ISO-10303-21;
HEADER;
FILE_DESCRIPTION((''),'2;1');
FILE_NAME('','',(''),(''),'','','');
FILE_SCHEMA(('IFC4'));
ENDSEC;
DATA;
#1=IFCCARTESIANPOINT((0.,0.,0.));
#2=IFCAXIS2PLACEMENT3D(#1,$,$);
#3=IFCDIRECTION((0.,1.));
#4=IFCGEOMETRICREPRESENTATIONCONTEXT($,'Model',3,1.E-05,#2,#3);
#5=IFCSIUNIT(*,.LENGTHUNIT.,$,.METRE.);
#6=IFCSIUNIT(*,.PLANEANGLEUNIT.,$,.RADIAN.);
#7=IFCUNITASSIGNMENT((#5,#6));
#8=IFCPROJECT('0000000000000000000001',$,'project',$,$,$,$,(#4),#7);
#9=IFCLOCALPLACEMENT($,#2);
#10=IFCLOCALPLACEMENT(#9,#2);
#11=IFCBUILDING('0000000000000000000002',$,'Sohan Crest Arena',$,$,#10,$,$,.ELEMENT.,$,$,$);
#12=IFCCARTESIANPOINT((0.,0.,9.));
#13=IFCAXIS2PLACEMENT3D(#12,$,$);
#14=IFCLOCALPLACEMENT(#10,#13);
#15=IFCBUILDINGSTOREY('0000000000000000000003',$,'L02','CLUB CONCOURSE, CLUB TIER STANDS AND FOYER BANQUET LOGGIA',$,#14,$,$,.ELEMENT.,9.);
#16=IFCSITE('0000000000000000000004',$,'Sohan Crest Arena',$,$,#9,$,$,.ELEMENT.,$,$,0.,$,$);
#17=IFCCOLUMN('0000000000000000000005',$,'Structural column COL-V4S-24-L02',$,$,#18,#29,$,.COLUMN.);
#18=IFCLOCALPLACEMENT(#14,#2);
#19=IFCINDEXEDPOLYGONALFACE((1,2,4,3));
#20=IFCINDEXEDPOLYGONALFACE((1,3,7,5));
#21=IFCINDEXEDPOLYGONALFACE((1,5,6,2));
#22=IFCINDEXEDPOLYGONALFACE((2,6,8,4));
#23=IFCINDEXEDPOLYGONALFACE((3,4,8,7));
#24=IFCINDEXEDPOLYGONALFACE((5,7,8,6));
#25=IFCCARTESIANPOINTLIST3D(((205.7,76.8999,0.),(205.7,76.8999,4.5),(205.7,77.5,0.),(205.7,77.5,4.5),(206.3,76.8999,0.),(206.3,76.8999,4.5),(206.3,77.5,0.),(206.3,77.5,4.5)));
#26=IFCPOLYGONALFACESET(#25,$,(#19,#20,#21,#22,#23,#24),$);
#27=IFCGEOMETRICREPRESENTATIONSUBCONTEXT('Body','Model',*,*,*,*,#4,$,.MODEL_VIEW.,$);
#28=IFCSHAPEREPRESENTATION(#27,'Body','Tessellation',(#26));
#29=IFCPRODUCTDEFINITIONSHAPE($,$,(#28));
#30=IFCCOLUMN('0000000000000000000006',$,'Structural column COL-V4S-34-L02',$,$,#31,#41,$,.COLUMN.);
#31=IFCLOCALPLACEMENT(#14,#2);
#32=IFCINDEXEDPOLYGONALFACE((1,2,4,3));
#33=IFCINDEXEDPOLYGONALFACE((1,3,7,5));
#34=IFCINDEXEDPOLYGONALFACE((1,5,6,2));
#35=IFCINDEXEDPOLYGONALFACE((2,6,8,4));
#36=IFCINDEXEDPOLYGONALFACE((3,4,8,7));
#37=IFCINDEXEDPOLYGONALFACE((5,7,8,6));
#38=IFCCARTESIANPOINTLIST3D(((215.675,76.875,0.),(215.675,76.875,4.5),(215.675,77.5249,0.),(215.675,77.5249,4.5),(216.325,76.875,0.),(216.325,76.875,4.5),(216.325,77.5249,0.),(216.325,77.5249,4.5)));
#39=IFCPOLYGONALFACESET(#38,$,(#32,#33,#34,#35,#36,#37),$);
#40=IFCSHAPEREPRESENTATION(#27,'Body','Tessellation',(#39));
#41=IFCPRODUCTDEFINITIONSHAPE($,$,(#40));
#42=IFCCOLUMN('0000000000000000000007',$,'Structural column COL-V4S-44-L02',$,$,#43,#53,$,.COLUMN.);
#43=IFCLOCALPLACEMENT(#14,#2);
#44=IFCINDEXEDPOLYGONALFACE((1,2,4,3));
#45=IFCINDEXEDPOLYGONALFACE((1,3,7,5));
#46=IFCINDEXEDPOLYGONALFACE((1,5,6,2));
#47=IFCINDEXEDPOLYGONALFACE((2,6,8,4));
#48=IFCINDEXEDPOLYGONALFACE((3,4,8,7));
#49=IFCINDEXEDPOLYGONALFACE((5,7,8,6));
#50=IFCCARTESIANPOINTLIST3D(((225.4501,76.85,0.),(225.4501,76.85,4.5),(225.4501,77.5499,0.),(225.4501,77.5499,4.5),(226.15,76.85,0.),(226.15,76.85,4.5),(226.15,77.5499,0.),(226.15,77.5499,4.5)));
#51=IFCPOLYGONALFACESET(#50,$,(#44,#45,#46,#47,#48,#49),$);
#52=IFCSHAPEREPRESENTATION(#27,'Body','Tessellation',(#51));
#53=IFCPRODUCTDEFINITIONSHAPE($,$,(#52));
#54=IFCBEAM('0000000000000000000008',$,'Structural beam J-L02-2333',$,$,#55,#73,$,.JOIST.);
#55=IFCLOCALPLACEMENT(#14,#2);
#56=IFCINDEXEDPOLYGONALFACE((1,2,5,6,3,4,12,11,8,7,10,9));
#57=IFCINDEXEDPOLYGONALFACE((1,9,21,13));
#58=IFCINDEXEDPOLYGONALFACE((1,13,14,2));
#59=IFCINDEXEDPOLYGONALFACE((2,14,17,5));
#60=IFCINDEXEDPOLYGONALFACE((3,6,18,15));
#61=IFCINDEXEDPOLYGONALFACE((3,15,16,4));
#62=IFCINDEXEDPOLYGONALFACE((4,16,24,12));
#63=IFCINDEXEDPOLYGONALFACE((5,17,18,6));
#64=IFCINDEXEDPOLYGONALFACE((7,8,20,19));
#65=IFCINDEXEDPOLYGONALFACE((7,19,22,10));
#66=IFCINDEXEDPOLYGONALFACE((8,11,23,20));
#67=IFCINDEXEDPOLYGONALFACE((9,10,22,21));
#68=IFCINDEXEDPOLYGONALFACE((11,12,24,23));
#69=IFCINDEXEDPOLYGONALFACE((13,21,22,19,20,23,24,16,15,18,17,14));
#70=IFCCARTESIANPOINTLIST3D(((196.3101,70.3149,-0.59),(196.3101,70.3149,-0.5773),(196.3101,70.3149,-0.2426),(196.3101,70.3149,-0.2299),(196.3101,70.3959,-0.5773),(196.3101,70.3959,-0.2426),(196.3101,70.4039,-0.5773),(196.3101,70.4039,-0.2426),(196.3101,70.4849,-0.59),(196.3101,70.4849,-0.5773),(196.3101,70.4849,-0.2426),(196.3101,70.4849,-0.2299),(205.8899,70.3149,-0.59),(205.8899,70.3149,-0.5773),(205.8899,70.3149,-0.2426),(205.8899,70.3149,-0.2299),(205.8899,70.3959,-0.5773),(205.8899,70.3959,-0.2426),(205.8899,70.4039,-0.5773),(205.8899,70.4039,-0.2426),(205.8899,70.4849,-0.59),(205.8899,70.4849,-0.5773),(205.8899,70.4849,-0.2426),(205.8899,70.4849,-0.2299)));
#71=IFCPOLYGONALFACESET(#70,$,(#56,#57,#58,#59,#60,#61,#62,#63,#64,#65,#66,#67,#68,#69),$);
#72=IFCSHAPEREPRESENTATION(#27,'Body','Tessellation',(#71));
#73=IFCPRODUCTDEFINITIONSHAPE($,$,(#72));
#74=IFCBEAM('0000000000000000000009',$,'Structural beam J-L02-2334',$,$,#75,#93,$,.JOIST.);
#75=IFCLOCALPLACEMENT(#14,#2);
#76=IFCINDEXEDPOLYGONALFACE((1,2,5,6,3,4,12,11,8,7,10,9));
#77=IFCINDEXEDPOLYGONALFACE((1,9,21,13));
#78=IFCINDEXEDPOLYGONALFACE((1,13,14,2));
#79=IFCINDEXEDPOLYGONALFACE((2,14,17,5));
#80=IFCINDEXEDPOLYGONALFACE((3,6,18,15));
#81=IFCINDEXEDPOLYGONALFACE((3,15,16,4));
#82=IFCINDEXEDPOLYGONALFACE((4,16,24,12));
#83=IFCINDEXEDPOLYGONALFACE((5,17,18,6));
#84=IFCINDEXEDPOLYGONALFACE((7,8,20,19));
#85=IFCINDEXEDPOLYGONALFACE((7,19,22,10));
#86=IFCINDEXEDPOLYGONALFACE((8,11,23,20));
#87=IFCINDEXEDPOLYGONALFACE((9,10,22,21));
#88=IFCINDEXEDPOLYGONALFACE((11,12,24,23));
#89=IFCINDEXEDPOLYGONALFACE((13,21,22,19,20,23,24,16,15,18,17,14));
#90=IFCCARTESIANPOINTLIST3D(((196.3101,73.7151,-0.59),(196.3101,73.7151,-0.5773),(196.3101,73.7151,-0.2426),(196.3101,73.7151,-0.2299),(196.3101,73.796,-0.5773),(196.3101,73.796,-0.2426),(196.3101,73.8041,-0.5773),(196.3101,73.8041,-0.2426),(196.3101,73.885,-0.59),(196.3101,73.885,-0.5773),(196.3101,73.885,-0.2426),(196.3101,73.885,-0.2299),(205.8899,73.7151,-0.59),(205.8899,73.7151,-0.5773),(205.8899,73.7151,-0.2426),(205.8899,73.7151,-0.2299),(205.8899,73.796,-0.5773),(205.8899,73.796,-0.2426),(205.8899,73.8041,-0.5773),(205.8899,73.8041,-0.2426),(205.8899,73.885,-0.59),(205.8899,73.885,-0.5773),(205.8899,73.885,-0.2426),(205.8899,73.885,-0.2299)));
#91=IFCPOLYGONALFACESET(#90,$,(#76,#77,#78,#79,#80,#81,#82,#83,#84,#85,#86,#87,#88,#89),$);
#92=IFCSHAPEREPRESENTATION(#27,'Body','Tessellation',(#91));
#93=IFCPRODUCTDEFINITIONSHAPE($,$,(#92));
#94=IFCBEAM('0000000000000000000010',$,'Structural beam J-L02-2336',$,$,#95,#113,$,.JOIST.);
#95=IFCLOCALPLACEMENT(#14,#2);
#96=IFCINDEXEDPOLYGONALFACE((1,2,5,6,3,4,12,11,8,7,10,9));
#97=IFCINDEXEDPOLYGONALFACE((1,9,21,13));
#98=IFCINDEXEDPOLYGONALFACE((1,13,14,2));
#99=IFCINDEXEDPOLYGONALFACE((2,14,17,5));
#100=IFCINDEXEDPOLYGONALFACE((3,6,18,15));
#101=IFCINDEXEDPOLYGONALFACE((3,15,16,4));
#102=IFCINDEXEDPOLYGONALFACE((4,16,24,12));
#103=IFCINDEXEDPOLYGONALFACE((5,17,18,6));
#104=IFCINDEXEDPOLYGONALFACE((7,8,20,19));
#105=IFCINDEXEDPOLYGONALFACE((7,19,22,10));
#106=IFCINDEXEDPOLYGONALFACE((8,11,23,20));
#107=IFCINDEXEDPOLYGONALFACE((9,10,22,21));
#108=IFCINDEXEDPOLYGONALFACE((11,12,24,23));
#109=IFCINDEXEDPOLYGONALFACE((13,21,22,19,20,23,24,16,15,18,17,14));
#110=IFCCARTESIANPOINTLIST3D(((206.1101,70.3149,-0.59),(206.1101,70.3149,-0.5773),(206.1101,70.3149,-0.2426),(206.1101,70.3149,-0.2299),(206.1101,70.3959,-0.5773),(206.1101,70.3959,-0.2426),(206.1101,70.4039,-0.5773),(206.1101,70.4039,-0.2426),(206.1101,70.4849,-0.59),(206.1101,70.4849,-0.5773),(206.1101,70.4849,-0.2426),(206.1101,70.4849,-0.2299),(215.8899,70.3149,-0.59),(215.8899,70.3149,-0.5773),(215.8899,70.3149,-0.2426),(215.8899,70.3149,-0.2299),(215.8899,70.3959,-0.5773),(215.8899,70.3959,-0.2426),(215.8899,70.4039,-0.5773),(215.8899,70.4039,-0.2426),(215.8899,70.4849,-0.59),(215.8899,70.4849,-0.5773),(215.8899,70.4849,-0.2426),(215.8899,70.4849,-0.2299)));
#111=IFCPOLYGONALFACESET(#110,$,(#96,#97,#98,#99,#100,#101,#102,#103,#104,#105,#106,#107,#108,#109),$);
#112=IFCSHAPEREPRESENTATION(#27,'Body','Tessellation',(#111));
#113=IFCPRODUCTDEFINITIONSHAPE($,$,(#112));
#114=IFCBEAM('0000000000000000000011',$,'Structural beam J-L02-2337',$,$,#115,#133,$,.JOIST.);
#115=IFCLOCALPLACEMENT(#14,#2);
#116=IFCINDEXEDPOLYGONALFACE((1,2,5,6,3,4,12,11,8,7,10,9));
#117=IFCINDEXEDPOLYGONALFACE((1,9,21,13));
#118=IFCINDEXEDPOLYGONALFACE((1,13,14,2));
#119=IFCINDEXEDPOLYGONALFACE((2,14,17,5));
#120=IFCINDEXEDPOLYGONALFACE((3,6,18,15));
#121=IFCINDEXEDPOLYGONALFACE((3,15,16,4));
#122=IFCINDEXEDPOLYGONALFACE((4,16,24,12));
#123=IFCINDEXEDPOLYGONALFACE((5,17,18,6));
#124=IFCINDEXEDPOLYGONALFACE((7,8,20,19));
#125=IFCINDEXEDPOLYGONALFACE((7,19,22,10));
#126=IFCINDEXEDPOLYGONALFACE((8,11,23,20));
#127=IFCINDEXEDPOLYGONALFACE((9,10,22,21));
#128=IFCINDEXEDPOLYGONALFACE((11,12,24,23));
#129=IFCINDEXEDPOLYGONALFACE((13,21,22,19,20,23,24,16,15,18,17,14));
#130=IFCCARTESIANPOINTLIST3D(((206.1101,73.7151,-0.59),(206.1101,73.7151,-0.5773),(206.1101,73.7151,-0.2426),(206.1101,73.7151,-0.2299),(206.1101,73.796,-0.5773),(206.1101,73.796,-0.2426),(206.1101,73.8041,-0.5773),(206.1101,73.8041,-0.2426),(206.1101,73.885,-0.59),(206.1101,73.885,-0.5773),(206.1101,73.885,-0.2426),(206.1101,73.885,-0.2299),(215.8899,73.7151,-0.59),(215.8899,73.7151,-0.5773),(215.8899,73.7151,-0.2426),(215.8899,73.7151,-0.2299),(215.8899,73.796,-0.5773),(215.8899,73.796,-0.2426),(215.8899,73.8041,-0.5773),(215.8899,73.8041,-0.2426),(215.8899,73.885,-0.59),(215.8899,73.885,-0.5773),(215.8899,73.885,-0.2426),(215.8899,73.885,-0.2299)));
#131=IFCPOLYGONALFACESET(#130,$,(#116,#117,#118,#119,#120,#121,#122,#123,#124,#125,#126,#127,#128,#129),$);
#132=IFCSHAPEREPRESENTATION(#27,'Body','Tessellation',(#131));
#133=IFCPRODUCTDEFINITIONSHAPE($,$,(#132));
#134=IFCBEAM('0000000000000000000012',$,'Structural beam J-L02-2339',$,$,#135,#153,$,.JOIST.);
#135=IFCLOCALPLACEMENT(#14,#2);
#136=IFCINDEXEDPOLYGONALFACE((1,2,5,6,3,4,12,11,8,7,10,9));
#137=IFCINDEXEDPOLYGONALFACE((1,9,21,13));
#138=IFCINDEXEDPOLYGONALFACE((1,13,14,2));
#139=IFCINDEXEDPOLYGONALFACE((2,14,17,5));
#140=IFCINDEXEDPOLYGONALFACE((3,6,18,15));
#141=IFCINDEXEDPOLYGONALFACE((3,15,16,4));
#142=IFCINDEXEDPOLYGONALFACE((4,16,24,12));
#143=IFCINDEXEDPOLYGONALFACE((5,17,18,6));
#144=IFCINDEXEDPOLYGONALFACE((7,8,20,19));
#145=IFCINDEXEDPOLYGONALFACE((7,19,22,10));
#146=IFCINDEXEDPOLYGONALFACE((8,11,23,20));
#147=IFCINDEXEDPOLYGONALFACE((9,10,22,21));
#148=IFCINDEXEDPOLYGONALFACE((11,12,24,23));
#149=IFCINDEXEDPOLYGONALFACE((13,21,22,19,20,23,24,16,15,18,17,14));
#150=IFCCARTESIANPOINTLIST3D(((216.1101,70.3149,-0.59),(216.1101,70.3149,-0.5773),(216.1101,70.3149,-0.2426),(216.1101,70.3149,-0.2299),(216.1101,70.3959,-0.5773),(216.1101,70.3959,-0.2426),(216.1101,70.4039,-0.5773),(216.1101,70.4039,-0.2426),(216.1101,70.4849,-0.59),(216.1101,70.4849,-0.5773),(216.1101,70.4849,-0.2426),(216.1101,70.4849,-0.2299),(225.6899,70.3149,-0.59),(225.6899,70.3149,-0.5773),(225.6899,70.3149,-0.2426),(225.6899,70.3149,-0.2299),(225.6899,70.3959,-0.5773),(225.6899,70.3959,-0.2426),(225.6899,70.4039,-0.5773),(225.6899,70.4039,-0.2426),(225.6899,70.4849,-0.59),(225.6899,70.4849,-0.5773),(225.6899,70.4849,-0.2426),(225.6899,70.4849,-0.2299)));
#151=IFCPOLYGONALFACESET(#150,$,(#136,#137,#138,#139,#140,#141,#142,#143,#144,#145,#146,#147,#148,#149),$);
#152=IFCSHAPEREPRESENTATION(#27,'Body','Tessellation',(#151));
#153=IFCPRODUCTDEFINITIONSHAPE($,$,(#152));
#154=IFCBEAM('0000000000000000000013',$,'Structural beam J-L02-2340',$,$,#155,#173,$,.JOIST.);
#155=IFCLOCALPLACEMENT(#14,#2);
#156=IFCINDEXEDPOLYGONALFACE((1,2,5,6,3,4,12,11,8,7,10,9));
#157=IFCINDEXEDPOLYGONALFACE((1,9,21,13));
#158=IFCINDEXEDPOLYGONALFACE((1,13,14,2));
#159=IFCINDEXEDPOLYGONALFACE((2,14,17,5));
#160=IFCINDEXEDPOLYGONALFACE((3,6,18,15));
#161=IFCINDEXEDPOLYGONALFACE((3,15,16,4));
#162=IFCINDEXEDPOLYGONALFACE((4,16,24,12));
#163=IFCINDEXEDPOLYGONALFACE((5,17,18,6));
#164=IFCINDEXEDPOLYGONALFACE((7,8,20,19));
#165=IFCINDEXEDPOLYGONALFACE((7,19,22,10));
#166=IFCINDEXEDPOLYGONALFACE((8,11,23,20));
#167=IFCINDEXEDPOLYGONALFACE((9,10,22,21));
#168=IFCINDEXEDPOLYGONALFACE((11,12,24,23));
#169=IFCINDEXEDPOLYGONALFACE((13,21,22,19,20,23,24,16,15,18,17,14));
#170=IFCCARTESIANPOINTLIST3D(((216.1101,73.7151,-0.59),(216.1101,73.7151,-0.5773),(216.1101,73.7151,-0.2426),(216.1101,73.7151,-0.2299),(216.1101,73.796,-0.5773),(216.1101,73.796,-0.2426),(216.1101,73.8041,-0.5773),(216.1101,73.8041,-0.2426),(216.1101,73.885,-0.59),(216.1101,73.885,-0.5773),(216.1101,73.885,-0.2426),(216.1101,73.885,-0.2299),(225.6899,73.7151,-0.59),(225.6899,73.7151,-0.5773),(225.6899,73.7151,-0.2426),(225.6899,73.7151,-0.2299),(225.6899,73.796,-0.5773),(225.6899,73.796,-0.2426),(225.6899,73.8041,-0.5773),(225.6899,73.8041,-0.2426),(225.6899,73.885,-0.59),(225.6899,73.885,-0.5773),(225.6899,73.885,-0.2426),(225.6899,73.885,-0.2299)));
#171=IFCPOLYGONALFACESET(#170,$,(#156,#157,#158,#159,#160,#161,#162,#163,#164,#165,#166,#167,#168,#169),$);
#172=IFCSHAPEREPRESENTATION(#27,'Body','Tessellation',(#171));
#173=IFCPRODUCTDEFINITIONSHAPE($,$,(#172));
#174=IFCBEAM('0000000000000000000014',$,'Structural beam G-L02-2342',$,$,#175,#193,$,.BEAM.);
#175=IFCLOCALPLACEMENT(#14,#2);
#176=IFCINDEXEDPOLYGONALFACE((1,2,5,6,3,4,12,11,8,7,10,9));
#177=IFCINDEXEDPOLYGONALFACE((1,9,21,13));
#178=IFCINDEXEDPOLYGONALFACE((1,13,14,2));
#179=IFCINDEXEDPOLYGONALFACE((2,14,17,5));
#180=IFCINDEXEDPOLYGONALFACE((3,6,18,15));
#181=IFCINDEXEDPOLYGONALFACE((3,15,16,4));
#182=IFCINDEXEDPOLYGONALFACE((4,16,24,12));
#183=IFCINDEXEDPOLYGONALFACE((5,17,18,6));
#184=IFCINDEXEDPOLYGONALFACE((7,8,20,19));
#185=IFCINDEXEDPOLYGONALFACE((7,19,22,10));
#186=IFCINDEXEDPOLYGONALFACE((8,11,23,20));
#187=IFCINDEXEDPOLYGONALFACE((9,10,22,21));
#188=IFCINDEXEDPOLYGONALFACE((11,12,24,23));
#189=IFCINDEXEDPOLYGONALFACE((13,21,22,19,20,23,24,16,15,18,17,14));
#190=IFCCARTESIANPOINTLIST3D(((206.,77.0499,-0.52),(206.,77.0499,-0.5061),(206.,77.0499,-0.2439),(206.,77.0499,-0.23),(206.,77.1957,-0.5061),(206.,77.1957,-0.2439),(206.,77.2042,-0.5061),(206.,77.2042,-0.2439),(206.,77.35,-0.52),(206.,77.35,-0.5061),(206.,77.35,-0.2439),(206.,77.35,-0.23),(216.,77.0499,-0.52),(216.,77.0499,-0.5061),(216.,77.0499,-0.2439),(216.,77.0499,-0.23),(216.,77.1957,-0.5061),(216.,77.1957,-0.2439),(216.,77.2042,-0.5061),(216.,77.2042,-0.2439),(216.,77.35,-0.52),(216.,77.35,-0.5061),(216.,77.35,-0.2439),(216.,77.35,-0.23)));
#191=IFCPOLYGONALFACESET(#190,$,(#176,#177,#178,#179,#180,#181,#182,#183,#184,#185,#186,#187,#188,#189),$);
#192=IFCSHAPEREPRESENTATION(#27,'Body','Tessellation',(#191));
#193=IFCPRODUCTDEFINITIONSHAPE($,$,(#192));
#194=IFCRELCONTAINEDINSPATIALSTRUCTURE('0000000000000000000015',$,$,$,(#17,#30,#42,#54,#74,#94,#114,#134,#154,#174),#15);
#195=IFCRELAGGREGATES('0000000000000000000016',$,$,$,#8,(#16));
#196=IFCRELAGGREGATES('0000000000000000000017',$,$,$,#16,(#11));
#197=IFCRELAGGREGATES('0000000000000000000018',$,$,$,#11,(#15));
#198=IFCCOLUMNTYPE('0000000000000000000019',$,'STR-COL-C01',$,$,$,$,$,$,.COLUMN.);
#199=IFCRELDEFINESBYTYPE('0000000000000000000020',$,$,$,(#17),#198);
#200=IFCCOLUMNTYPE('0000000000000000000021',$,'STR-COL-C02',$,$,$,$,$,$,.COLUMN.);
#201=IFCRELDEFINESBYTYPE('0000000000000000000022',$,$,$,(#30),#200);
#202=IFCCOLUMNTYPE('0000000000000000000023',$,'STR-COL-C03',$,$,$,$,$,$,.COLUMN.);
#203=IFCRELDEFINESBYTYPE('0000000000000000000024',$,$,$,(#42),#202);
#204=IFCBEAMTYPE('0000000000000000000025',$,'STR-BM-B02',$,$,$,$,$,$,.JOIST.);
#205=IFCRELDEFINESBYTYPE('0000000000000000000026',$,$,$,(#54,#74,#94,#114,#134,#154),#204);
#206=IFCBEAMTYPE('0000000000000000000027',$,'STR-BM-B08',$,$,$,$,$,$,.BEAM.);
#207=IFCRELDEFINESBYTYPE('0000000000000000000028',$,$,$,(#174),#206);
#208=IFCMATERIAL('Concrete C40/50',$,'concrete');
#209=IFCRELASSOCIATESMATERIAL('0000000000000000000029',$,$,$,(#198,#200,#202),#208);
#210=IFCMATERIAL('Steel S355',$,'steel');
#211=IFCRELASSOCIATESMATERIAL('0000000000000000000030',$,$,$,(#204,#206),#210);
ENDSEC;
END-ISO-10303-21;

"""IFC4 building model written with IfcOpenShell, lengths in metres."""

from ifc_helpers import new_model, si_unit, direction, frame, origin, origin_2d, place, context, subcontext, project, spatial, rectangle, i_section, extrude, material, material_profile, profile_set, type_object, element, save


model = new_model("IFC4")

# Units and contexts
model_context = context("Model", 3, precision=1e-05, world=origin(), true_north=direction((0.0, 1.0)))
body_context = subcontext(model_context, "Body", "Model", "MODEL_VIEW")
ifc_project = project(units=[si_unit("LENGTHUNIT", "METRE"), si_unit("PLANEANGLEUNIT", "RADIAN")], contexts=[model_context])

# Site, building, storey
site_placement = place(None, origin())
site = spatial("IfcSite", under=ifc_project, at=site_placement, Name="Sohan Crest Arena", CompositionType="ELEMENT", RefElevation=0.0)
building_placement = place(site_placement, origin())
building = spatial("IfcBuilding", under=site, at=building_placement, Name="Sohan Crest Arena", CompositionType="ELEMENT")
storey_placement = place(building_placement, frame((0.0, 0.0, 9.0)))
storey = spatial("IfcBuildingStorey", under=building, at=storey_placement, Name="L02", Description="CLUB CONCOURSE, CLUB TIER STANDS AND FOYER BANQUET LOGGIA", CompositionType="ELEMENT", Elevation=9.0)

# Columns
ifc_material_1 = material(Name="Concrete C40/50", Category="concrete")
ifc_material_profile_1 = material_profile(ifc_material_1, rectangle(XDim=0.6001, YDim=0.6001, at=origin_2d()), Name="RC 600x600")
ifc_profile_set_1 = profile_set([ifc_material_profile_1], Name="Concrete C40/50")
column_type_1 = type_object("IfcColumnType", Name="STR-COL-C01", PredefinedType="COLUMN", material=ifc_profile_set_1)
column_1_placement = place(storey_placement, frame((206.0, 77.2, 0.0), z_axis=(0.0, 0.0, 1.0), x_axis=(1.0, 0.0, 0.0)))
element("IfcColumn", 1, at=column_1_placement, inside=storey, type_object=column_type_1, Name="Structural column COL-V4S-24-L02", PredefinedType="COLUMN", context=body_context, shape_type="SweptSolid", body=[
    extrude(rectangle(XDim=0.6001, YDim=0.6001, at=origin_2d()), origin(), (0.0, 0.0, 1.0), 4.5),
])
ifc_material_profile_2 = material_profile(ifc_material_1, rectangle(XDim=0.6499, YDim=0.6499, at=origin_2d()), Name="RC 650x650")
ifc_profile_set_2 = profile_set([ifc_material_profile_2], Name="Concrete C40/50")
column_type_2 = type_object("IfcColumnType", Name="STR-COL-C02", PredefinedType="COLUMN", material=ifc_profile_set_2)
column_2_placement = place(storey_placement, frame((216.0, 77.2, 0.0), z_axis=(0.0, 0.0, 1.0), x_axis=(1.0, 0.0, 0.0)))
element("IfcColumn", 2, at=column_2_placement, inside=storey, type_object=column_type_2, Name="Structural column COL-V4S-34-L02", PredefinedType="COLUMN", context=body_context, shape_type="SweptSolid", body=[
    extrude(rectangle(XDim=0.6499, YDim=0.6499, at=origin_2d()), origin(), (0.0, 0.0, 1.0), 4.5),
])
ifc_material_profile_3 = material_profile(ifc_material_1, rectangle(XDim=0.7, YDim=0.7, at=origin_2d()), Name="RC 700x700")
ifc_profile_set_3 = profile_set([ifc_material_profile_3], Name="Concrete C40/50")
column_type_3 = type_object("IfcColumnType", Name="STR-COL-C03", PredefinedType="COLUMN", material=ifc_profile_set_3)
column_3_placement = place(storey_placement, frame((225.8, 77.2, 0.0), z_axis=(0.0, 0.0, 1.0), x_axis=(1.0, 0.0, 0.0)))
element("IfcColumn", 3, at=column_3_placement, inside=storey, type_object=column_type_3, Name="Structural column COL-V4S-44-L02", PredefinedType="COLUMN", context=body_context, shape_type="SweptSolid", body=[
    extrude(rectangle(XDim=0.7, YDim=0.7, at=origin_2d()), origin(), (0.0, 0.0, 1.0), 4.5),
])

# Beams
ifc_material_2 = material(Name="Steel S355", Category="steel")
ifc_material_profile_4 = material_profile(ifc_material_2, i_section(OverallWidth=0.1699, OverallDepth=0.3601, WebThickness=0.0081, FlangeThickness=0.0127, at=origin_2d()), Name="IPE 360")
ifc_profile_set_4 = profile_set([ifc_material_profile_4], Name="Steel S355")
beam_type_1 = type_object("IfcBeamType", Name="STR-BM-B02", PredefinedType="JOIST", material=ifc_profile_set_4)
for number, where, z_axis, x_axis, name in (
    (4, (196.3101, 70.3999, -0.4099), (1.0, 0.0, 0.0), (0.0, 1.0, 0.0), "Structural beam J-L02-2333"),
    (5, (196.3101, 73.8, -0.4099), (1.0, 0.0, 0.0), (0.0, 1.0, 0.0), "Structural beam J-L02-2334"),
):
    element("IfcBeam", number, at=place(storey_placement, frame(where, z_axis=z_axis, x_axis=x_axis)), inside=storey, type_object=beam_type_1, Name=name, PredefinedType="JOIST", context=body_context, shape_type="SweptSolid", body=[
        extrude(i_section(OverallWidth=0.1699, OverallDepth=0.3601, WebThickness=0.0081, FlangeThickness=0.0127, at=origin_2d()), origin(), (0.0, 0.0, 1.0), 9.5798),
    ])
for number, where, z_axis, x_axis, name in (
    (6, (206.1101, 70.3999, -0.4099), (1.0, 0.0, 0.0), (0.0, 1.0, 0.0), "Structural beam J-L02-2336"),
    (7, (206.1101, 73.8, -0.4099), (1.0, 0.0, 0.0), (0.0, 1.0, 0.0), "Structural beam J-L02-2337"),
):
    element("IfcBeam", number, at=place(storey_placement, frame(where, z_axis=z_axis, x_axis=x_axis)), inside=storey, type_object=beam_type_1, Name=name, PredefinedType="JOIST", context=body_context, shape_type="SweptSolid", body=[
        extrude(i_section(OverallWidth=0.1699, OverallDepth=0.3601, WebThickness=0.0081, FlangeThickness=0.0127, at=origin_2d()), origin(), (0.0, 0.0, 1.0), 9.7798),
    ])
for number, where, z_axis, x_axis, name in (
    (8, (216.1101, 70.3999, -0.4099), (1.0, 0.0, 0.0), (0.0, 1.0, 0.0), "Structural beam J-L02-2339"),
    (9, (216.1101, 73.8, -0.4099), (1.0, 0.0, 0.0), (0.0, 1.0, 0.0), "Structural beam J-L02-2340"),
):
    element("IfcBeam", number, at=place(storey_placement, frame(where, z_axis=z_axis, x_axis=x_axis)), inside=storey, type_object=beam_type_1, Name=name, PredefinedType="JOIST", context=body_context, shape_type="SweptSolid", body=[
        extrude(i_section(OverallWidth=0.1699, OverallDepth=0.3601, WebThickness=0.0081, FlangeThickness=0.0127, at=origin_2d()), origin(), (0.0, 0.0, 1.0), 9.5798),
    ])
ifc_material_profile_5 = material_profile(ifc_material_2, i_section(OverallWidth=0.3, OverallDepth=0.29, WebThickness=0.0085, FlangeThickness=0.0139, at=origin_2d()), Name="HEA 300")
ifc_profile_set_5 = profile_set([ifc_material_profile_5], Name="Steel S355")
beam_type_2 = type_object("IfcBeamType", Name="STR-BM-B08", PredefinedType="BEAM", material=ifc_profile_set_5)
beam_1_placement = place(storey_placement, frame((206.0, 77.2, -0.375), z_axis=(1.0, 0.0, 0.0), x_axis=(0.0, 1.0, 0.0)))
element("IfcBeam", 10, at=beam_1_placement, inside=storey, type_object=beam_type_2, Name="Structural beam G-L02-2342", PredefinedType="BEAM", context=body_context, shape_type="SweptSolid", body=[
    extrude(i_section(OverallWidth=0.3, OverallDepth=0.29, WebThickness=0.0085, FlangeThickness=0.0139, at=origin_2d()), origin(), (0.0, 0.0, 1.0), 10.0),
])

save(model, "model.ifc")
